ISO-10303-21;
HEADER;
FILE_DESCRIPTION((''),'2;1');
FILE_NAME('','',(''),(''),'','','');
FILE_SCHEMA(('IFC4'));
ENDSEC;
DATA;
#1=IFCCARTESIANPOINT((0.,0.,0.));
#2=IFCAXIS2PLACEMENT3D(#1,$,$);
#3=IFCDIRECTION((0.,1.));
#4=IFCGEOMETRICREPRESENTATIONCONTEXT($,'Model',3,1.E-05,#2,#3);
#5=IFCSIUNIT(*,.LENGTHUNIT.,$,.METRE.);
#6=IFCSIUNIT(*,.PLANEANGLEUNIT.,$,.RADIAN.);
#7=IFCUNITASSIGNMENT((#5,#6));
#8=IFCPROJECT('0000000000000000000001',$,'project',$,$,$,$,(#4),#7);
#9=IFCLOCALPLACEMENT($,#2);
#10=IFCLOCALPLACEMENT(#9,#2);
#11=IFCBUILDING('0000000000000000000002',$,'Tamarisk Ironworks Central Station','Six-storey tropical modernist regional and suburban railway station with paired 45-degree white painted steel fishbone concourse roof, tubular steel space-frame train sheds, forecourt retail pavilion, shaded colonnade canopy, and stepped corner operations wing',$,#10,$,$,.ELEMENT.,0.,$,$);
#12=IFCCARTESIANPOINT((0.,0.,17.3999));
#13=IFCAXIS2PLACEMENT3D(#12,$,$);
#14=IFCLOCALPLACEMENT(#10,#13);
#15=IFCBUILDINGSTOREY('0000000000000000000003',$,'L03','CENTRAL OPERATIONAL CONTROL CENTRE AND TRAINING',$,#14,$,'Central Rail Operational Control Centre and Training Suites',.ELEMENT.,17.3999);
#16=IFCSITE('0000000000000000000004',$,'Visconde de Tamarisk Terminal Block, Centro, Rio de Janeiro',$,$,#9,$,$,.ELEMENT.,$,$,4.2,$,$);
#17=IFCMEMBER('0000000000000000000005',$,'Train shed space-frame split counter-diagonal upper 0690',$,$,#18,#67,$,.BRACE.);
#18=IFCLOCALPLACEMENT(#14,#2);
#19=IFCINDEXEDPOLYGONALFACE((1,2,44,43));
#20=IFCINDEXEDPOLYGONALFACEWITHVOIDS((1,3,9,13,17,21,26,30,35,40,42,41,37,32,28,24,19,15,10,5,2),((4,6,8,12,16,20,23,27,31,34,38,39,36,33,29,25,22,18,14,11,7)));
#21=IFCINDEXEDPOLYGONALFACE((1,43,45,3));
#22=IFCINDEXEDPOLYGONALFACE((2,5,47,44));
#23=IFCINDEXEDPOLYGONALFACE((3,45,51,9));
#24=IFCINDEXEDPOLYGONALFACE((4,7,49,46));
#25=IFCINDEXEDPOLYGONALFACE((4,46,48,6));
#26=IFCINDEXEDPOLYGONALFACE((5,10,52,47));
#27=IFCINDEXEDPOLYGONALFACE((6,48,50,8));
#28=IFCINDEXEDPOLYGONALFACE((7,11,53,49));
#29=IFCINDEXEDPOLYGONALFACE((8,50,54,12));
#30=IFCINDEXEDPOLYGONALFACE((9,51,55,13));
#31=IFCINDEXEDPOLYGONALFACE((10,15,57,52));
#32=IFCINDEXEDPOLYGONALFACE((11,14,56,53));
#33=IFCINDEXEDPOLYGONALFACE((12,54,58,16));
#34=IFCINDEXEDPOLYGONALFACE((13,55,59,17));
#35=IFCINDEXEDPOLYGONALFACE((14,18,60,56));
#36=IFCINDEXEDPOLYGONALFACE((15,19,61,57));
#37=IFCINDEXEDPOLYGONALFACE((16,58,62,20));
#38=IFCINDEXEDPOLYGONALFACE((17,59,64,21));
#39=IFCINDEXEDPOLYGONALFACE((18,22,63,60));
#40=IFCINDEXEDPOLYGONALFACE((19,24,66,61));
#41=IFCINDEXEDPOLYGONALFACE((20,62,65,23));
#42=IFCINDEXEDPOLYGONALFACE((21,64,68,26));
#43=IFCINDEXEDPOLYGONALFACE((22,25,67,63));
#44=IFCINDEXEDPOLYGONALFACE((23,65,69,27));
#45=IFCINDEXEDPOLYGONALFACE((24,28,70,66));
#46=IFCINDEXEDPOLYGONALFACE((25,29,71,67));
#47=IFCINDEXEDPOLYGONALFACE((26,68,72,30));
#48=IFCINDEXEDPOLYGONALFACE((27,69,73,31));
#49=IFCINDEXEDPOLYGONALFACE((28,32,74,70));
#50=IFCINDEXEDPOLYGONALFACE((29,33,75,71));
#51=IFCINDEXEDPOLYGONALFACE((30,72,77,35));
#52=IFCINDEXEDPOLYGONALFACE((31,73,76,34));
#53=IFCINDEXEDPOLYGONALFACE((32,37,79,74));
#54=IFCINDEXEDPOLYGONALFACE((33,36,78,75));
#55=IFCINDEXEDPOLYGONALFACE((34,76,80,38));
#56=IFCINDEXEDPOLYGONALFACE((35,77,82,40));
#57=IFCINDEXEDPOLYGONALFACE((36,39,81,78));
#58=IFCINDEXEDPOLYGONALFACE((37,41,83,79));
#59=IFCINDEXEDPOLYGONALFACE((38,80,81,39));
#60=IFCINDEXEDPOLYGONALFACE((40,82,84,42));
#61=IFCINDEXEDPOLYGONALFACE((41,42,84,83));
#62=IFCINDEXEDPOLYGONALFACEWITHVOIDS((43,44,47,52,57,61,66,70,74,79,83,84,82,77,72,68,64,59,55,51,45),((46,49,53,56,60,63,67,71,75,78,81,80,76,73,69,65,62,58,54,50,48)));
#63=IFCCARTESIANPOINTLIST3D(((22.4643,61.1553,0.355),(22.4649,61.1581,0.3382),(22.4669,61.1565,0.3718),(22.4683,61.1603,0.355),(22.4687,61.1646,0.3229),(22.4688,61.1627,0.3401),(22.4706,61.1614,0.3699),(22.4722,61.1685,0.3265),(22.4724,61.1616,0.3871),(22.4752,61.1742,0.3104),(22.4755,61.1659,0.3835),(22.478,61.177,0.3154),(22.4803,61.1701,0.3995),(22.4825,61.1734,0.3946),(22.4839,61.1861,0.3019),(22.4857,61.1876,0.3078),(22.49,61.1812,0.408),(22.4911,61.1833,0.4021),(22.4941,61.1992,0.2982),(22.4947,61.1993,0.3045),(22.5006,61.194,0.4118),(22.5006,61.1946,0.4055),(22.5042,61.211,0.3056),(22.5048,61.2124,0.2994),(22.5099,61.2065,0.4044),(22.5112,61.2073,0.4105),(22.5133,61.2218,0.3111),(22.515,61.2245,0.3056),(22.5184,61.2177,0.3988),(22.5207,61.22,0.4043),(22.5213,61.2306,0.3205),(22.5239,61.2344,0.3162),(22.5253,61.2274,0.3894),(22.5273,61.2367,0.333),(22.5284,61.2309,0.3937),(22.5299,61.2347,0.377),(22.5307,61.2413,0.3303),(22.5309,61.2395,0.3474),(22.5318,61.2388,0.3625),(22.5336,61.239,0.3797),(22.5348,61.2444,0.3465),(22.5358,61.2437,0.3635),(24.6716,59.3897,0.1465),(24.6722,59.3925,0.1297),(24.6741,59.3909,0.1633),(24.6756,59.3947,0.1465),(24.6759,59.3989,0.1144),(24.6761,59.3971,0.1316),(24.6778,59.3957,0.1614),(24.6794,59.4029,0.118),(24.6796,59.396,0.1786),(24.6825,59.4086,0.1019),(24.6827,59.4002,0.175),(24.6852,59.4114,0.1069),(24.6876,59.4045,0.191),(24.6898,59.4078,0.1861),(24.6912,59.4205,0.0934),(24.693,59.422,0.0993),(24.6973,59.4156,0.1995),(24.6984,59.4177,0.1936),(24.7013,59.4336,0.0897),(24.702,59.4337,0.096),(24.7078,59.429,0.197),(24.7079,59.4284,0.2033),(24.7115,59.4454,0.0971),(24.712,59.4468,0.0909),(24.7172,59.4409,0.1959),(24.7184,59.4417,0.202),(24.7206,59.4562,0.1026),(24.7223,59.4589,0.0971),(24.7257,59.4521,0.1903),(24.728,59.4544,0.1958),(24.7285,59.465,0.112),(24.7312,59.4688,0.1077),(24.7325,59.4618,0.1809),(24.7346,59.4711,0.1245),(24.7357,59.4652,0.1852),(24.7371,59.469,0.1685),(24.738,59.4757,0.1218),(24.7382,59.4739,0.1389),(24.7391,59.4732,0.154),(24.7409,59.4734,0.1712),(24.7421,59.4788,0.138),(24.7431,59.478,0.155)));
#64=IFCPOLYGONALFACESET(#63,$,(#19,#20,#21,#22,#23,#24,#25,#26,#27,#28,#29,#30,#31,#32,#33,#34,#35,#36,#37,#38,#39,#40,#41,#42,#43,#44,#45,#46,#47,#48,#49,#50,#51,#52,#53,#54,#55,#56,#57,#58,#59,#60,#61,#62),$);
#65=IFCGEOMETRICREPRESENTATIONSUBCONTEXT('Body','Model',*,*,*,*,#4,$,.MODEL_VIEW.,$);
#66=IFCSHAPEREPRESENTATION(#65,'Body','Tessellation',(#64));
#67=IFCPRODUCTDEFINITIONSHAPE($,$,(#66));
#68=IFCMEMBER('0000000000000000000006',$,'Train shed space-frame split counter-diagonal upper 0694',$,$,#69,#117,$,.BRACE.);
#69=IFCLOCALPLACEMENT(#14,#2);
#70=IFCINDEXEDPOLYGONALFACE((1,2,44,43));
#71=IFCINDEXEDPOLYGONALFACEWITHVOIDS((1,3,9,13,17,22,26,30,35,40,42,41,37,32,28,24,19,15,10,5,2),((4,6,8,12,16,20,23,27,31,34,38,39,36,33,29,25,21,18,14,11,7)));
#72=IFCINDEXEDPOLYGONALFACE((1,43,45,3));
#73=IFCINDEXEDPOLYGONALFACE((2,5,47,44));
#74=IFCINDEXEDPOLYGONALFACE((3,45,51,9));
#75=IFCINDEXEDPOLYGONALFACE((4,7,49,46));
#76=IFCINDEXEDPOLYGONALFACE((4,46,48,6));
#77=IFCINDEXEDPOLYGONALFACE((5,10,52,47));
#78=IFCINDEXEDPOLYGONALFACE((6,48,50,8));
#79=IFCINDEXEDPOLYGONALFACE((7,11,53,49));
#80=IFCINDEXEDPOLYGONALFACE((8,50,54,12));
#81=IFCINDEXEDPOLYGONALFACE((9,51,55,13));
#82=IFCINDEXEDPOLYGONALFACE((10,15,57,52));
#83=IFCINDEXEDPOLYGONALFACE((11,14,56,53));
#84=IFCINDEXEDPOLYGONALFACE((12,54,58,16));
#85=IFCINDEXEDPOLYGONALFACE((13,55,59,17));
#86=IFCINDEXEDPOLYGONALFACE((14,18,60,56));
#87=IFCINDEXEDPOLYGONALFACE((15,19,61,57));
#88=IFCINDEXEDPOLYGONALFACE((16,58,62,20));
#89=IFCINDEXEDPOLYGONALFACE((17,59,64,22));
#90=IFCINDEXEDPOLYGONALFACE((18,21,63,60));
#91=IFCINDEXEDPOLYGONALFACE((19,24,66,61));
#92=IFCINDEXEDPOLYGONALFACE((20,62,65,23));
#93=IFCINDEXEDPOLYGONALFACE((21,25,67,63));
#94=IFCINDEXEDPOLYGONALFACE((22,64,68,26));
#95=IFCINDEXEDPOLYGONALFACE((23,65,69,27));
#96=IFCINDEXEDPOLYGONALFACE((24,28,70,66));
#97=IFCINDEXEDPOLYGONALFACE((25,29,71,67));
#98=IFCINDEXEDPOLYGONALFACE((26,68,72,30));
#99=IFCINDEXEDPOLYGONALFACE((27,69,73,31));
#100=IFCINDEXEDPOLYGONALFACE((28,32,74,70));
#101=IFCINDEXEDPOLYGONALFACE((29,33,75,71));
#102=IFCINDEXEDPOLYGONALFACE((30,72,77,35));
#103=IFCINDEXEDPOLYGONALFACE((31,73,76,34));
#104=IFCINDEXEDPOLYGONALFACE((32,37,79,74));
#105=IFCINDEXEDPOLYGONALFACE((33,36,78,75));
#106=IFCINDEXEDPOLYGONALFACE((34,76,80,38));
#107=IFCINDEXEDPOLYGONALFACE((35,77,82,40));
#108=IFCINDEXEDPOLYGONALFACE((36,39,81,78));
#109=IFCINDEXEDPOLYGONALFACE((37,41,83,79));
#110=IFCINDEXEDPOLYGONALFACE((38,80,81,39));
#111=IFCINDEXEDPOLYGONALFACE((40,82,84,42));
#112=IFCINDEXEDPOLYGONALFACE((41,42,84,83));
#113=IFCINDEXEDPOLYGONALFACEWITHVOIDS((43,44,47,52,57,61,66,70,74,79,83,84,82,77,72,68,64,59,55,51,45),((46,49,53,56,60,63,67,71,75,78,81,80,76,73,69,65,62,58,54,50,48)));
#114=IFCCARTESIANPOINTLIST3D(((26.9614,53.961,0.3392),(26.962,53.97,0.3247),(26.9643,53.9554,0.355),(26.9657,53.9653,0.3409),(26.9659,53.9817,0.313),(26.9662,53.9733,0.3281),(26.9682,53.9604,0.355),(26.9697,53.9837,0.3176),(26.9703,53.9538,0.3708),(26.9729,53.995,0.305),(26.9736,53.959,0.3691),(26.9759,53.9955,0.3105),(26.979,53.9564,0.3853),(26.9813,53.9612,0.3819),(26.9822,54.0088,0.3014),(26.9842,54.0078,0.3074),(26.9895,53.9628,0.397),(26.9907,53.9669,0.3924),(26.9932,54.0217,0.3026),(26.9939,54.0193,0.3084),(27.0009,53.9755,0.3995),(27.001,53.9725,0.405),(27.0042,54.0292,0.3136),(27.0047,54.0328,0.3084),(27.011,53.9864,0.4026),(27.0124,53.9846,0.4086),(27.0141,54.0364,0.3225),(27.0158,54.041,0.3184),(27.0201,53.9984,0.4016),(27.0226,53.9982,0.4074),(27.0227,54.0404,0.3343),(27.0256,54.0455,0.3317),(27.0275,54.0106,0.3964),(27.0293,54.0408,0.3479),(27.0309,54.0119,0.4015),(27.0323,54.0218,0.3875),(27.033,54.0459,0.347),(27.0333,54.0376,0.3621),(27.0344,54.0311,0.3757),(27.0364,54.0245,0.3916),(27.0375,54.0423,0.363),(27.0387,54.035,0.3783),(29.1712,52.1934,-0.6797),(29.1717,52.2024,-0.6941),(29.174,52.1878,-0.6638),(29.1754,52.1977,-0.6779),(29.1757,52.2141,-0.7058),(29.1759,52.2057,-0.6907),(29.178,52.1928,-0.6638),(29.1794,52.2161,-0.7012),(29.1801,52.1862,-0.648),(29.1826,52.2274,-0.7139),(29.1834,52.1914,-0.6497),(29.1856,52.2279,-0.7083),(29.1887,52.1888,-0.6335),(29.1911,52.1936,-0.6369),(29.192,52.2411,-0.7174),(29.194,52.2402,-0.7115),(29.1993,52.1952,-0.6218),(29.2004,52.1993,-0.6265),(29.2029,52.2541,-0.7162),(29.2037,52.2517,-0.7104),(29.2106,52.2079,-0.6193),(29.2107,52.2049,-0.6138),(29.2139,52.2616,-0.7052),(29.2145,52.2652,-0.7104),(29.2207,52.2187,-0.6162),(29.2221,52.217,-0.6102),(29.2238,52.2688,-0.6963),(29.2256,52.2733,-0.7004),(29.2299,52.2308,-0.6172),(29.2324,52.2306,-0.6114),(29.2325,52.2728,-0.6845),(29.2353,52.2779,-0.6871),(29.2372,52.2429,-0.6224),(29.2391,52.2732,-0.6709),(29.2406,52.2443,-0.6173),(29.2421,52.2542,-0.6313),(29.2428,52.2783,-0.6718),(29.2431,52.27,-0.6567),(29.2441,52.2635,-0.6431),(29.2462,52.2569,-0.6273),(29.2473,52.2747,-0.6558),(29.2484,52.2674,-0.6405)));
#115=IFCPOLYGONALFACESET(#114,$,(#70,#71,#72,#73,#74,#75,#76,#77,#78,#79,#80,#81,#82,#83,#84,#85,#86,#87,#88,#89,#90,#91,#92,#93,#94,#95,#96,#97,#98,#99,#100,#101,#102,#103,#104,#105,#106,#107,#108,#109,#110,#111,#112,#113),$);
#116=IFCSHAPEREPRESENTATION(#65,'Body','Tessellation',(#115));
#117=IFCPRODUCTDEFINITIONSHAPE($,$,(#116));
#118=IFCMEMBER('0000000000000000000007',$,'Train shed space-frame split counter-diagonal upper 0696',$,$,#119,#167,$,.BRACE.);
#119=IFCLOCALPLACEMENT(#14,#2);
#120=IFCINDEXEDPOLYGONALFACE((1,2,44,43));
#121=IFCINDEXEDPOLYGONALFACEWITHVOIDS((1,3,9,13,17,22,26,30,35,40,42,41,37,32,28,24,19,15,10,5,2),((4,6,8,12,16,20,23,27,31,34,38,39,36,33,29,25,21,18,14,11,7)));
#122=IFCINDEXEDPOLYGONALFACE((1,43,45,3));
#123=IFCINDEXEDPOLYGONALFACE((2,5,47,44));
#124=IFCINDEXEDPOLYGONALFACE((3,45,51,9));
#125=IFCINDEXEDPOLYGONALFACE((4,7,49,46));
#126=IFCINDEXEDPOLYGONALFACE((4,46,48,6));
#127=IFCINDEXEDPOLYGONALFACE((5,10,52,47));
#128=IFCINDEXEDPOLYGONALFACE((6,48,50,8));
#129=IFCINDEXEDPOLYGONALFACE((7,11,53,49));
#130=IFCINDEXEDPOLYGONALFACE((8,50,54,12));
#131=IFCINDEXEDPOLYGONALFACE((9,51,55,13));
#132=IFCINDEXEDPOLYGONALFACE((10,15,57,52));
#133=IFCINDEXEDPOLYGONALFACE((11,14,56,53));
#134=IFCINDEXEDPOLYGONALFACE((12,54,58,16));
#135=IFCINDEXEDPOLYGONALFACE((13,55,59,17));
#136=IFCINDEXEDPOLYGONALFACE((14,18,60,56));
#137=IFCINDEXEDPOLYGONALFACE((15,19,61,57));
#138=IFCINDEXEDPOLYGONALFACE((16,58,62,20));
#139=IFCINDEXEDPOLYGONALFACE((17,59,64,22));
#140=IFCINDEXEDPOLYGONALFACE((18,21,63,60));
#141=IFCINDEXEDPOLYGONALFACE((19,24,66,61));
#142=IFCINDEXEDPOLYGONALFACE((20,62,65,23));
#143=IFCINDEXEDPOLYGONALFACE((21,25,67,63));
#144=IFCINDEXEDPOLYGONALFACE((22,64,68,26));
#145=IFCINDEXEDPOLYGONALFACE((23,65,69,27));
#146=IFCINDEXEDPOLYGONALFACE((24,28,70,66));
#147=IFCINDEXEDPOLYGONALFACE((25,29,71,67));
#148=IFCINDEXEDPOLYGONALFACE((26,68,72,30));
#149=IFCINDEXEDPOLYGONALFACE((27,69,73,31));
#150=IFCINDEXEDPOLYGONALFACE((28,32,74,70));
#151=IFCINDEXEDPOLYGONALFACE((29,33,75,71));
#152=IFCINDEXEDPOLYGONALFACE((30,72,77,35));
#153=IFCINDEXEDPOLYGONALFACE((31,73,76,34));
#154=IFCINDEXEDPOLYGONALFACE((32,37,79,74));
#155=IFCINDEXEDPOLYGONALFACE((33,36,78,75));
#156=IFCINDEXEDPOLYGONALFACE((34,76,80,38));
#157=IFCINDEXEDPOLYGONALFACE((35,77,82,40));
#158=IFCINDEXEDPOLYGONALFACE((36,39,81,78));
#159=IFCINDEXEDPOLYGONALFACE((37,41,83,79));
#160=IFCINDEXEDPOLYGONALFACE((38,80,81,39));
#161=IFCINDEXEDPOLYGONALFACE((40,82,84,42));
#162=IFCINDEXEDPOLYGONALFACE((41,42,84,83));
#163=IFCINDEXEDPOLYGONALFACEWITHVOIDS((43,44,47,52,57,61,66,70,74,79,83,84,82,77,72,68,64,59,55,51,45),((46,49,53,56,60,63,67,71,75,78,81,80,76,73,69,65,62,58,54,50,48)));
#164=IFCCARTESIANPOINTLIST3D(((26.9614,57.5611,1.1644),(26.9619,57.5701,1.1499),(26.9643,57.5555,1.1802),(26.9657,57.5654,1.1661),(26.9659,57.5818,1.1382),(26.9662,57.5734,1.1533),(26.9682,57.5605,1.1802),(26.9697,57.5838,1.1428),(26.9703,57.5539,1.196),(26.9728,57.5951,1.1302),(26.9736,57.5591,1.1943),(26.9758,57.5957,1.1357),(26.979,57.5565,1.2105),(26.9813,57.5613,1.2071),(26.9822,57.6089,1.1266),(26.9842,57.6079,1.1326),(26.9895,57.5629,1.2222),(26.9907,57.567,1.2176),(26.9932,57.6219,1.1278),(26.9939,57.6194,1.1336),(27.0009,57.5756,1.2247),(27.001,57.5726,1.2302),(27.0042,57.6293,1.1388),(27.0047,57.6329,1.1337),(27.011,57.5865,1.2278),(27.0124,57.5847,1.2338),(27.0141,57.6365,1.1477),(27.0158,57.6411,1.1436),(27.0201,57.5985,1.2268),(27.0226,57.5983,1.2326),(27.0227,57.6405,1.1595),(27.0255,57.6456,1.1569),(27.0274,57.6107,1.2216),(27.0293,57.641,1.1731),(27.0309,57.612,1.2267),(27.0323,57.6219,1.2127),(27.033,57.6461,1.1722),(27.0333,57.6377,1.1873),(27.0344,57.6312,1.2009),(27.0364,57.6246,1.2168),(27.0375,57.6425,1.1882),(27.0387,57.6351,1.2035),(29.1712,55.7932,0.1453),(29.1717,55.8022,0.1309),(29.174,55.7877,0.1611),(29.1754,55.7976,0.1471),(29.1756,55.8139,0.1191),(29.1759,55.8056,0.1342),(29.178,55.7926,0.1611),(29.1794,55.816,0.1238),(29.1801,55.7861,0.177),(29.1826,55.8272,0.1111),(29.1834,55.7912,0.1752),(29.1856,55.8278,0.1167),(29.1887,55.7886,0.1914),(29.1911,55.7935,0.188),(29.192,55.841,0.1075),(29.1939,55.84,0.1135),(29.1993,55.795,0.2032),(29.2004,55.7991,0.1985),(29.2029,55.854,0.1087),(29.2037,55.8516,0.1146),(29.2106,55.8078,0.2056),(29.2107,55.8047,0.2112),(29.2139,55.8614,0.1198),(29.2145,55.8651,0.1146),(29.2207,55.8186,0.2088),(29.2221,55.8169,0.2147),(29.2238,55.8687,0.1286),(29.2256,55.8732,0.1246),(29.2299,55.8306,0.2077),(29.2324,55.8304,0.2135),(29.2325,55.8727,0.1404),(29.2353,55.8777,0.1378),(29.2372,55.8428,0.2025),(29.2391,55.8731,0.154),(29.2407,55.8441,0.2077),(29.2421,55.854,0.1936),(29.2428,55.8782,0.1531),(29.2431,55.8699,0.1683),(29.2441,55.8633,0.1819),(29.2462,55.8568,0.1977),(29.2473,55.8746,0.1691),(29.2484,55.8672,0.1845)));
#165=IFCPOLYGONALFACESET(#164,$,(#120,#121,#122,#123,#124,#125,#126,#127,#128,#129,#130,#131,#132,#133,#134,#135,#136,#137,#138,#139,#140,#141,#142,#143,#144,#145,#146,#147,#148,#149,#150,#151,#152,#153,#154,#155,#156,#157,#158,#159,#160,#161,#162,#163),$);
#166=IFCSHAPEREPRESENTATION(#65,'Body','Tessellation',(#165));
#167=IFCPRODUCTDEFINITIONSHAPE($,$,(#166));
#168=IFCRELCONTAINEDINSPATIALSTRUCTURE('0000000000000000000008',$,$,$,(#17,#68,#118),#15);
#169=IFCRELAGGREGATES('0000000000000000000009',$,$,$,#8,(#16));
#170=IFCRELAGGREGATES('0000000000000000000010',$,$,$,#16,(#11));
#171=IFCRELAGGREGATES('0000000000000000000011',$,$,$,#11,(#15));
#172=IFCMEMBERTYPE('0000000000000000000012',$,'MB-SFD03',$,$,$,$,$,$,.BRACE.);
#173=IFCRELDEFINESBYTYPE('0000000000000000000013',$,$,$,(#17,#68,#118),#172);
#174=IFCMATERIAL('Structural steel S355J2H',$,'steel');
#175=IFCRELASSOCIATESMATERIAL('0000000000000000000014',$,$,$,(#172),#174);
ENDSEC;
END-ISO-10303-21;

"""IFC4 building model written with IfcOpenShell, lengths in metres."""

from ifc_helpers import new_model, si_unit, direction, frame, origin, origin_2d, place, context, subcontext, project, spatial, hollow_circle, extrude, material, material_profile, profile_set, type_object, element, save


model = new_model("IFC4")

# Units and contexts
model_context = context("Model", 3, precision=1e-05, world=origin(), true_north=direction((0.0, 1.0)))
body_context = subcontext(model_context, "Body", "Model", "MODEL_VIEW")
ifc_project = project(units=[si_unit("LENGTHUNIT", "METRE"), si_unit("PLANEANGLEUNIT", "RADIAN")], contexts=[model_context])

# Site, building, storey
site_placement = place(None, origin())
site = spatial("IfcSite", under=ifc_project, at=site_placement, Name="Visconde de Tamarisk Terminal Block, Centro, Rio de Janeiro", CompositionType="ELEMENT", RefElevation=4.2)
building_placement = place(site_placement, origin())
building = spatial("IfcBuilding", under=site, at=building_placement, Name="Tamarisk Ironworks Central Station", Description="Six-storey tropical modernist regional and suburban railway station with paired 45-degree white painted steel fishbone concourse roof, tubular steel space-frame train sheds, forecourt retail pavilion, shaded colonnade canopy, and stepped corner operations wing", CompositionType="ELEMENT", ElevationOfRefHeight=0.0)
storey_placement = place(building_placement, frame((0.0, 0.0, 17.3999)))
storey = spatial("IfcBuildingStorey", under=building, at=storey_placement, Name="L03", Description="CENTRAL OPERATIONAL CONTROL CENTRE AND TRAINING", LongName="Central Rail Operational Control Centre and Training Suites", CompositionType="ELEMENT", Elevation=17.3999)

# Members
ifc_material_1 = material(Name="Structural steel S355J2H", Category="steel")
ifc_material_profile_1 = material_profile(ifc_material_1, hollow_circle(Radius=0.0571, WallThickness=0.0063, at=origin_2d()), Name="CHS 114.3x6.3")
ifc_profile_set_1 = profile_set([ifc_material_profile_1], Name="Structural steel S355J2H")
member_type_1 = type_object("IfcMemberType", Name="MB-SFD03", PredefinedType="BRACE", material=ifc_profile_set_1)
for number, where, z_axis, x_axis, name in (
    (1, (24.7073, 59.4343, 0.1465), (-0.778787, 0.62296, 0.073563), (-0.624653, -0.780903, 0.0), "Train shed space-frame split counter-diagonal upper 0690"),
):
    element("IfcMember", number, at=place(storey_placement, frame(where, z_axis=z_axis, x_axis=x_axis)), inside=storey, type_object=member_type_1, Name=name, PredefinedType="BRACE", context=body_context, shape_type="SweptSolid", body=[
        extrude(hollow_circle(Radius=0.0571, WallThickness=0.0063, at=origin_2d()), origin(), (0.0, 0.0, 1.0), 2.8342),
    ])
member_1_placement = place(storey_placement, frame((29.2097, 52.2324, -0.6638), z_axis=(-0.734732, 0.587721, 0.338751), x_axis=(-0.624653, -0.780902, 0.0)))
element("IfcMember", 2, at=member_1_placement, inside=storey, type_object=member_type_1, Name="Train shed space-frame split counter-diagonal upper 0694", PredefinedType="BRACE", context=body_context, shape_type="SweptSolid", body=[
    extrude(hollow_circle(Radius=0.0571, WallThickness=0.0063, at=origin_2d()), origin(), (0.0, 0.0, 1.0), 3.0076),
])
member_2_placement = place(storey_placement, frame((29.2097, 55.8323, 0.1611), z_axis=(-0.734677, 0.587758, 0.338807), x_axis=(-0.624706, -0.78086, 0.0)))
element("IfcMember", 3, at=member_2_placement, inside=storey, type_object=member_type_1, Name="Train shed space-frame split counter-diagonal upper 0696", PredefinedType="BRACE", context=body_context, shape_type="SweptSolid", body=[
    extrude(hollow_circle(Radius=0.0571, WallThickness=0.0063, at=origin_2d()), origin(), (0.0, 0.0, 1.0), 3.0078),
])

save(model, "model.ifc")
